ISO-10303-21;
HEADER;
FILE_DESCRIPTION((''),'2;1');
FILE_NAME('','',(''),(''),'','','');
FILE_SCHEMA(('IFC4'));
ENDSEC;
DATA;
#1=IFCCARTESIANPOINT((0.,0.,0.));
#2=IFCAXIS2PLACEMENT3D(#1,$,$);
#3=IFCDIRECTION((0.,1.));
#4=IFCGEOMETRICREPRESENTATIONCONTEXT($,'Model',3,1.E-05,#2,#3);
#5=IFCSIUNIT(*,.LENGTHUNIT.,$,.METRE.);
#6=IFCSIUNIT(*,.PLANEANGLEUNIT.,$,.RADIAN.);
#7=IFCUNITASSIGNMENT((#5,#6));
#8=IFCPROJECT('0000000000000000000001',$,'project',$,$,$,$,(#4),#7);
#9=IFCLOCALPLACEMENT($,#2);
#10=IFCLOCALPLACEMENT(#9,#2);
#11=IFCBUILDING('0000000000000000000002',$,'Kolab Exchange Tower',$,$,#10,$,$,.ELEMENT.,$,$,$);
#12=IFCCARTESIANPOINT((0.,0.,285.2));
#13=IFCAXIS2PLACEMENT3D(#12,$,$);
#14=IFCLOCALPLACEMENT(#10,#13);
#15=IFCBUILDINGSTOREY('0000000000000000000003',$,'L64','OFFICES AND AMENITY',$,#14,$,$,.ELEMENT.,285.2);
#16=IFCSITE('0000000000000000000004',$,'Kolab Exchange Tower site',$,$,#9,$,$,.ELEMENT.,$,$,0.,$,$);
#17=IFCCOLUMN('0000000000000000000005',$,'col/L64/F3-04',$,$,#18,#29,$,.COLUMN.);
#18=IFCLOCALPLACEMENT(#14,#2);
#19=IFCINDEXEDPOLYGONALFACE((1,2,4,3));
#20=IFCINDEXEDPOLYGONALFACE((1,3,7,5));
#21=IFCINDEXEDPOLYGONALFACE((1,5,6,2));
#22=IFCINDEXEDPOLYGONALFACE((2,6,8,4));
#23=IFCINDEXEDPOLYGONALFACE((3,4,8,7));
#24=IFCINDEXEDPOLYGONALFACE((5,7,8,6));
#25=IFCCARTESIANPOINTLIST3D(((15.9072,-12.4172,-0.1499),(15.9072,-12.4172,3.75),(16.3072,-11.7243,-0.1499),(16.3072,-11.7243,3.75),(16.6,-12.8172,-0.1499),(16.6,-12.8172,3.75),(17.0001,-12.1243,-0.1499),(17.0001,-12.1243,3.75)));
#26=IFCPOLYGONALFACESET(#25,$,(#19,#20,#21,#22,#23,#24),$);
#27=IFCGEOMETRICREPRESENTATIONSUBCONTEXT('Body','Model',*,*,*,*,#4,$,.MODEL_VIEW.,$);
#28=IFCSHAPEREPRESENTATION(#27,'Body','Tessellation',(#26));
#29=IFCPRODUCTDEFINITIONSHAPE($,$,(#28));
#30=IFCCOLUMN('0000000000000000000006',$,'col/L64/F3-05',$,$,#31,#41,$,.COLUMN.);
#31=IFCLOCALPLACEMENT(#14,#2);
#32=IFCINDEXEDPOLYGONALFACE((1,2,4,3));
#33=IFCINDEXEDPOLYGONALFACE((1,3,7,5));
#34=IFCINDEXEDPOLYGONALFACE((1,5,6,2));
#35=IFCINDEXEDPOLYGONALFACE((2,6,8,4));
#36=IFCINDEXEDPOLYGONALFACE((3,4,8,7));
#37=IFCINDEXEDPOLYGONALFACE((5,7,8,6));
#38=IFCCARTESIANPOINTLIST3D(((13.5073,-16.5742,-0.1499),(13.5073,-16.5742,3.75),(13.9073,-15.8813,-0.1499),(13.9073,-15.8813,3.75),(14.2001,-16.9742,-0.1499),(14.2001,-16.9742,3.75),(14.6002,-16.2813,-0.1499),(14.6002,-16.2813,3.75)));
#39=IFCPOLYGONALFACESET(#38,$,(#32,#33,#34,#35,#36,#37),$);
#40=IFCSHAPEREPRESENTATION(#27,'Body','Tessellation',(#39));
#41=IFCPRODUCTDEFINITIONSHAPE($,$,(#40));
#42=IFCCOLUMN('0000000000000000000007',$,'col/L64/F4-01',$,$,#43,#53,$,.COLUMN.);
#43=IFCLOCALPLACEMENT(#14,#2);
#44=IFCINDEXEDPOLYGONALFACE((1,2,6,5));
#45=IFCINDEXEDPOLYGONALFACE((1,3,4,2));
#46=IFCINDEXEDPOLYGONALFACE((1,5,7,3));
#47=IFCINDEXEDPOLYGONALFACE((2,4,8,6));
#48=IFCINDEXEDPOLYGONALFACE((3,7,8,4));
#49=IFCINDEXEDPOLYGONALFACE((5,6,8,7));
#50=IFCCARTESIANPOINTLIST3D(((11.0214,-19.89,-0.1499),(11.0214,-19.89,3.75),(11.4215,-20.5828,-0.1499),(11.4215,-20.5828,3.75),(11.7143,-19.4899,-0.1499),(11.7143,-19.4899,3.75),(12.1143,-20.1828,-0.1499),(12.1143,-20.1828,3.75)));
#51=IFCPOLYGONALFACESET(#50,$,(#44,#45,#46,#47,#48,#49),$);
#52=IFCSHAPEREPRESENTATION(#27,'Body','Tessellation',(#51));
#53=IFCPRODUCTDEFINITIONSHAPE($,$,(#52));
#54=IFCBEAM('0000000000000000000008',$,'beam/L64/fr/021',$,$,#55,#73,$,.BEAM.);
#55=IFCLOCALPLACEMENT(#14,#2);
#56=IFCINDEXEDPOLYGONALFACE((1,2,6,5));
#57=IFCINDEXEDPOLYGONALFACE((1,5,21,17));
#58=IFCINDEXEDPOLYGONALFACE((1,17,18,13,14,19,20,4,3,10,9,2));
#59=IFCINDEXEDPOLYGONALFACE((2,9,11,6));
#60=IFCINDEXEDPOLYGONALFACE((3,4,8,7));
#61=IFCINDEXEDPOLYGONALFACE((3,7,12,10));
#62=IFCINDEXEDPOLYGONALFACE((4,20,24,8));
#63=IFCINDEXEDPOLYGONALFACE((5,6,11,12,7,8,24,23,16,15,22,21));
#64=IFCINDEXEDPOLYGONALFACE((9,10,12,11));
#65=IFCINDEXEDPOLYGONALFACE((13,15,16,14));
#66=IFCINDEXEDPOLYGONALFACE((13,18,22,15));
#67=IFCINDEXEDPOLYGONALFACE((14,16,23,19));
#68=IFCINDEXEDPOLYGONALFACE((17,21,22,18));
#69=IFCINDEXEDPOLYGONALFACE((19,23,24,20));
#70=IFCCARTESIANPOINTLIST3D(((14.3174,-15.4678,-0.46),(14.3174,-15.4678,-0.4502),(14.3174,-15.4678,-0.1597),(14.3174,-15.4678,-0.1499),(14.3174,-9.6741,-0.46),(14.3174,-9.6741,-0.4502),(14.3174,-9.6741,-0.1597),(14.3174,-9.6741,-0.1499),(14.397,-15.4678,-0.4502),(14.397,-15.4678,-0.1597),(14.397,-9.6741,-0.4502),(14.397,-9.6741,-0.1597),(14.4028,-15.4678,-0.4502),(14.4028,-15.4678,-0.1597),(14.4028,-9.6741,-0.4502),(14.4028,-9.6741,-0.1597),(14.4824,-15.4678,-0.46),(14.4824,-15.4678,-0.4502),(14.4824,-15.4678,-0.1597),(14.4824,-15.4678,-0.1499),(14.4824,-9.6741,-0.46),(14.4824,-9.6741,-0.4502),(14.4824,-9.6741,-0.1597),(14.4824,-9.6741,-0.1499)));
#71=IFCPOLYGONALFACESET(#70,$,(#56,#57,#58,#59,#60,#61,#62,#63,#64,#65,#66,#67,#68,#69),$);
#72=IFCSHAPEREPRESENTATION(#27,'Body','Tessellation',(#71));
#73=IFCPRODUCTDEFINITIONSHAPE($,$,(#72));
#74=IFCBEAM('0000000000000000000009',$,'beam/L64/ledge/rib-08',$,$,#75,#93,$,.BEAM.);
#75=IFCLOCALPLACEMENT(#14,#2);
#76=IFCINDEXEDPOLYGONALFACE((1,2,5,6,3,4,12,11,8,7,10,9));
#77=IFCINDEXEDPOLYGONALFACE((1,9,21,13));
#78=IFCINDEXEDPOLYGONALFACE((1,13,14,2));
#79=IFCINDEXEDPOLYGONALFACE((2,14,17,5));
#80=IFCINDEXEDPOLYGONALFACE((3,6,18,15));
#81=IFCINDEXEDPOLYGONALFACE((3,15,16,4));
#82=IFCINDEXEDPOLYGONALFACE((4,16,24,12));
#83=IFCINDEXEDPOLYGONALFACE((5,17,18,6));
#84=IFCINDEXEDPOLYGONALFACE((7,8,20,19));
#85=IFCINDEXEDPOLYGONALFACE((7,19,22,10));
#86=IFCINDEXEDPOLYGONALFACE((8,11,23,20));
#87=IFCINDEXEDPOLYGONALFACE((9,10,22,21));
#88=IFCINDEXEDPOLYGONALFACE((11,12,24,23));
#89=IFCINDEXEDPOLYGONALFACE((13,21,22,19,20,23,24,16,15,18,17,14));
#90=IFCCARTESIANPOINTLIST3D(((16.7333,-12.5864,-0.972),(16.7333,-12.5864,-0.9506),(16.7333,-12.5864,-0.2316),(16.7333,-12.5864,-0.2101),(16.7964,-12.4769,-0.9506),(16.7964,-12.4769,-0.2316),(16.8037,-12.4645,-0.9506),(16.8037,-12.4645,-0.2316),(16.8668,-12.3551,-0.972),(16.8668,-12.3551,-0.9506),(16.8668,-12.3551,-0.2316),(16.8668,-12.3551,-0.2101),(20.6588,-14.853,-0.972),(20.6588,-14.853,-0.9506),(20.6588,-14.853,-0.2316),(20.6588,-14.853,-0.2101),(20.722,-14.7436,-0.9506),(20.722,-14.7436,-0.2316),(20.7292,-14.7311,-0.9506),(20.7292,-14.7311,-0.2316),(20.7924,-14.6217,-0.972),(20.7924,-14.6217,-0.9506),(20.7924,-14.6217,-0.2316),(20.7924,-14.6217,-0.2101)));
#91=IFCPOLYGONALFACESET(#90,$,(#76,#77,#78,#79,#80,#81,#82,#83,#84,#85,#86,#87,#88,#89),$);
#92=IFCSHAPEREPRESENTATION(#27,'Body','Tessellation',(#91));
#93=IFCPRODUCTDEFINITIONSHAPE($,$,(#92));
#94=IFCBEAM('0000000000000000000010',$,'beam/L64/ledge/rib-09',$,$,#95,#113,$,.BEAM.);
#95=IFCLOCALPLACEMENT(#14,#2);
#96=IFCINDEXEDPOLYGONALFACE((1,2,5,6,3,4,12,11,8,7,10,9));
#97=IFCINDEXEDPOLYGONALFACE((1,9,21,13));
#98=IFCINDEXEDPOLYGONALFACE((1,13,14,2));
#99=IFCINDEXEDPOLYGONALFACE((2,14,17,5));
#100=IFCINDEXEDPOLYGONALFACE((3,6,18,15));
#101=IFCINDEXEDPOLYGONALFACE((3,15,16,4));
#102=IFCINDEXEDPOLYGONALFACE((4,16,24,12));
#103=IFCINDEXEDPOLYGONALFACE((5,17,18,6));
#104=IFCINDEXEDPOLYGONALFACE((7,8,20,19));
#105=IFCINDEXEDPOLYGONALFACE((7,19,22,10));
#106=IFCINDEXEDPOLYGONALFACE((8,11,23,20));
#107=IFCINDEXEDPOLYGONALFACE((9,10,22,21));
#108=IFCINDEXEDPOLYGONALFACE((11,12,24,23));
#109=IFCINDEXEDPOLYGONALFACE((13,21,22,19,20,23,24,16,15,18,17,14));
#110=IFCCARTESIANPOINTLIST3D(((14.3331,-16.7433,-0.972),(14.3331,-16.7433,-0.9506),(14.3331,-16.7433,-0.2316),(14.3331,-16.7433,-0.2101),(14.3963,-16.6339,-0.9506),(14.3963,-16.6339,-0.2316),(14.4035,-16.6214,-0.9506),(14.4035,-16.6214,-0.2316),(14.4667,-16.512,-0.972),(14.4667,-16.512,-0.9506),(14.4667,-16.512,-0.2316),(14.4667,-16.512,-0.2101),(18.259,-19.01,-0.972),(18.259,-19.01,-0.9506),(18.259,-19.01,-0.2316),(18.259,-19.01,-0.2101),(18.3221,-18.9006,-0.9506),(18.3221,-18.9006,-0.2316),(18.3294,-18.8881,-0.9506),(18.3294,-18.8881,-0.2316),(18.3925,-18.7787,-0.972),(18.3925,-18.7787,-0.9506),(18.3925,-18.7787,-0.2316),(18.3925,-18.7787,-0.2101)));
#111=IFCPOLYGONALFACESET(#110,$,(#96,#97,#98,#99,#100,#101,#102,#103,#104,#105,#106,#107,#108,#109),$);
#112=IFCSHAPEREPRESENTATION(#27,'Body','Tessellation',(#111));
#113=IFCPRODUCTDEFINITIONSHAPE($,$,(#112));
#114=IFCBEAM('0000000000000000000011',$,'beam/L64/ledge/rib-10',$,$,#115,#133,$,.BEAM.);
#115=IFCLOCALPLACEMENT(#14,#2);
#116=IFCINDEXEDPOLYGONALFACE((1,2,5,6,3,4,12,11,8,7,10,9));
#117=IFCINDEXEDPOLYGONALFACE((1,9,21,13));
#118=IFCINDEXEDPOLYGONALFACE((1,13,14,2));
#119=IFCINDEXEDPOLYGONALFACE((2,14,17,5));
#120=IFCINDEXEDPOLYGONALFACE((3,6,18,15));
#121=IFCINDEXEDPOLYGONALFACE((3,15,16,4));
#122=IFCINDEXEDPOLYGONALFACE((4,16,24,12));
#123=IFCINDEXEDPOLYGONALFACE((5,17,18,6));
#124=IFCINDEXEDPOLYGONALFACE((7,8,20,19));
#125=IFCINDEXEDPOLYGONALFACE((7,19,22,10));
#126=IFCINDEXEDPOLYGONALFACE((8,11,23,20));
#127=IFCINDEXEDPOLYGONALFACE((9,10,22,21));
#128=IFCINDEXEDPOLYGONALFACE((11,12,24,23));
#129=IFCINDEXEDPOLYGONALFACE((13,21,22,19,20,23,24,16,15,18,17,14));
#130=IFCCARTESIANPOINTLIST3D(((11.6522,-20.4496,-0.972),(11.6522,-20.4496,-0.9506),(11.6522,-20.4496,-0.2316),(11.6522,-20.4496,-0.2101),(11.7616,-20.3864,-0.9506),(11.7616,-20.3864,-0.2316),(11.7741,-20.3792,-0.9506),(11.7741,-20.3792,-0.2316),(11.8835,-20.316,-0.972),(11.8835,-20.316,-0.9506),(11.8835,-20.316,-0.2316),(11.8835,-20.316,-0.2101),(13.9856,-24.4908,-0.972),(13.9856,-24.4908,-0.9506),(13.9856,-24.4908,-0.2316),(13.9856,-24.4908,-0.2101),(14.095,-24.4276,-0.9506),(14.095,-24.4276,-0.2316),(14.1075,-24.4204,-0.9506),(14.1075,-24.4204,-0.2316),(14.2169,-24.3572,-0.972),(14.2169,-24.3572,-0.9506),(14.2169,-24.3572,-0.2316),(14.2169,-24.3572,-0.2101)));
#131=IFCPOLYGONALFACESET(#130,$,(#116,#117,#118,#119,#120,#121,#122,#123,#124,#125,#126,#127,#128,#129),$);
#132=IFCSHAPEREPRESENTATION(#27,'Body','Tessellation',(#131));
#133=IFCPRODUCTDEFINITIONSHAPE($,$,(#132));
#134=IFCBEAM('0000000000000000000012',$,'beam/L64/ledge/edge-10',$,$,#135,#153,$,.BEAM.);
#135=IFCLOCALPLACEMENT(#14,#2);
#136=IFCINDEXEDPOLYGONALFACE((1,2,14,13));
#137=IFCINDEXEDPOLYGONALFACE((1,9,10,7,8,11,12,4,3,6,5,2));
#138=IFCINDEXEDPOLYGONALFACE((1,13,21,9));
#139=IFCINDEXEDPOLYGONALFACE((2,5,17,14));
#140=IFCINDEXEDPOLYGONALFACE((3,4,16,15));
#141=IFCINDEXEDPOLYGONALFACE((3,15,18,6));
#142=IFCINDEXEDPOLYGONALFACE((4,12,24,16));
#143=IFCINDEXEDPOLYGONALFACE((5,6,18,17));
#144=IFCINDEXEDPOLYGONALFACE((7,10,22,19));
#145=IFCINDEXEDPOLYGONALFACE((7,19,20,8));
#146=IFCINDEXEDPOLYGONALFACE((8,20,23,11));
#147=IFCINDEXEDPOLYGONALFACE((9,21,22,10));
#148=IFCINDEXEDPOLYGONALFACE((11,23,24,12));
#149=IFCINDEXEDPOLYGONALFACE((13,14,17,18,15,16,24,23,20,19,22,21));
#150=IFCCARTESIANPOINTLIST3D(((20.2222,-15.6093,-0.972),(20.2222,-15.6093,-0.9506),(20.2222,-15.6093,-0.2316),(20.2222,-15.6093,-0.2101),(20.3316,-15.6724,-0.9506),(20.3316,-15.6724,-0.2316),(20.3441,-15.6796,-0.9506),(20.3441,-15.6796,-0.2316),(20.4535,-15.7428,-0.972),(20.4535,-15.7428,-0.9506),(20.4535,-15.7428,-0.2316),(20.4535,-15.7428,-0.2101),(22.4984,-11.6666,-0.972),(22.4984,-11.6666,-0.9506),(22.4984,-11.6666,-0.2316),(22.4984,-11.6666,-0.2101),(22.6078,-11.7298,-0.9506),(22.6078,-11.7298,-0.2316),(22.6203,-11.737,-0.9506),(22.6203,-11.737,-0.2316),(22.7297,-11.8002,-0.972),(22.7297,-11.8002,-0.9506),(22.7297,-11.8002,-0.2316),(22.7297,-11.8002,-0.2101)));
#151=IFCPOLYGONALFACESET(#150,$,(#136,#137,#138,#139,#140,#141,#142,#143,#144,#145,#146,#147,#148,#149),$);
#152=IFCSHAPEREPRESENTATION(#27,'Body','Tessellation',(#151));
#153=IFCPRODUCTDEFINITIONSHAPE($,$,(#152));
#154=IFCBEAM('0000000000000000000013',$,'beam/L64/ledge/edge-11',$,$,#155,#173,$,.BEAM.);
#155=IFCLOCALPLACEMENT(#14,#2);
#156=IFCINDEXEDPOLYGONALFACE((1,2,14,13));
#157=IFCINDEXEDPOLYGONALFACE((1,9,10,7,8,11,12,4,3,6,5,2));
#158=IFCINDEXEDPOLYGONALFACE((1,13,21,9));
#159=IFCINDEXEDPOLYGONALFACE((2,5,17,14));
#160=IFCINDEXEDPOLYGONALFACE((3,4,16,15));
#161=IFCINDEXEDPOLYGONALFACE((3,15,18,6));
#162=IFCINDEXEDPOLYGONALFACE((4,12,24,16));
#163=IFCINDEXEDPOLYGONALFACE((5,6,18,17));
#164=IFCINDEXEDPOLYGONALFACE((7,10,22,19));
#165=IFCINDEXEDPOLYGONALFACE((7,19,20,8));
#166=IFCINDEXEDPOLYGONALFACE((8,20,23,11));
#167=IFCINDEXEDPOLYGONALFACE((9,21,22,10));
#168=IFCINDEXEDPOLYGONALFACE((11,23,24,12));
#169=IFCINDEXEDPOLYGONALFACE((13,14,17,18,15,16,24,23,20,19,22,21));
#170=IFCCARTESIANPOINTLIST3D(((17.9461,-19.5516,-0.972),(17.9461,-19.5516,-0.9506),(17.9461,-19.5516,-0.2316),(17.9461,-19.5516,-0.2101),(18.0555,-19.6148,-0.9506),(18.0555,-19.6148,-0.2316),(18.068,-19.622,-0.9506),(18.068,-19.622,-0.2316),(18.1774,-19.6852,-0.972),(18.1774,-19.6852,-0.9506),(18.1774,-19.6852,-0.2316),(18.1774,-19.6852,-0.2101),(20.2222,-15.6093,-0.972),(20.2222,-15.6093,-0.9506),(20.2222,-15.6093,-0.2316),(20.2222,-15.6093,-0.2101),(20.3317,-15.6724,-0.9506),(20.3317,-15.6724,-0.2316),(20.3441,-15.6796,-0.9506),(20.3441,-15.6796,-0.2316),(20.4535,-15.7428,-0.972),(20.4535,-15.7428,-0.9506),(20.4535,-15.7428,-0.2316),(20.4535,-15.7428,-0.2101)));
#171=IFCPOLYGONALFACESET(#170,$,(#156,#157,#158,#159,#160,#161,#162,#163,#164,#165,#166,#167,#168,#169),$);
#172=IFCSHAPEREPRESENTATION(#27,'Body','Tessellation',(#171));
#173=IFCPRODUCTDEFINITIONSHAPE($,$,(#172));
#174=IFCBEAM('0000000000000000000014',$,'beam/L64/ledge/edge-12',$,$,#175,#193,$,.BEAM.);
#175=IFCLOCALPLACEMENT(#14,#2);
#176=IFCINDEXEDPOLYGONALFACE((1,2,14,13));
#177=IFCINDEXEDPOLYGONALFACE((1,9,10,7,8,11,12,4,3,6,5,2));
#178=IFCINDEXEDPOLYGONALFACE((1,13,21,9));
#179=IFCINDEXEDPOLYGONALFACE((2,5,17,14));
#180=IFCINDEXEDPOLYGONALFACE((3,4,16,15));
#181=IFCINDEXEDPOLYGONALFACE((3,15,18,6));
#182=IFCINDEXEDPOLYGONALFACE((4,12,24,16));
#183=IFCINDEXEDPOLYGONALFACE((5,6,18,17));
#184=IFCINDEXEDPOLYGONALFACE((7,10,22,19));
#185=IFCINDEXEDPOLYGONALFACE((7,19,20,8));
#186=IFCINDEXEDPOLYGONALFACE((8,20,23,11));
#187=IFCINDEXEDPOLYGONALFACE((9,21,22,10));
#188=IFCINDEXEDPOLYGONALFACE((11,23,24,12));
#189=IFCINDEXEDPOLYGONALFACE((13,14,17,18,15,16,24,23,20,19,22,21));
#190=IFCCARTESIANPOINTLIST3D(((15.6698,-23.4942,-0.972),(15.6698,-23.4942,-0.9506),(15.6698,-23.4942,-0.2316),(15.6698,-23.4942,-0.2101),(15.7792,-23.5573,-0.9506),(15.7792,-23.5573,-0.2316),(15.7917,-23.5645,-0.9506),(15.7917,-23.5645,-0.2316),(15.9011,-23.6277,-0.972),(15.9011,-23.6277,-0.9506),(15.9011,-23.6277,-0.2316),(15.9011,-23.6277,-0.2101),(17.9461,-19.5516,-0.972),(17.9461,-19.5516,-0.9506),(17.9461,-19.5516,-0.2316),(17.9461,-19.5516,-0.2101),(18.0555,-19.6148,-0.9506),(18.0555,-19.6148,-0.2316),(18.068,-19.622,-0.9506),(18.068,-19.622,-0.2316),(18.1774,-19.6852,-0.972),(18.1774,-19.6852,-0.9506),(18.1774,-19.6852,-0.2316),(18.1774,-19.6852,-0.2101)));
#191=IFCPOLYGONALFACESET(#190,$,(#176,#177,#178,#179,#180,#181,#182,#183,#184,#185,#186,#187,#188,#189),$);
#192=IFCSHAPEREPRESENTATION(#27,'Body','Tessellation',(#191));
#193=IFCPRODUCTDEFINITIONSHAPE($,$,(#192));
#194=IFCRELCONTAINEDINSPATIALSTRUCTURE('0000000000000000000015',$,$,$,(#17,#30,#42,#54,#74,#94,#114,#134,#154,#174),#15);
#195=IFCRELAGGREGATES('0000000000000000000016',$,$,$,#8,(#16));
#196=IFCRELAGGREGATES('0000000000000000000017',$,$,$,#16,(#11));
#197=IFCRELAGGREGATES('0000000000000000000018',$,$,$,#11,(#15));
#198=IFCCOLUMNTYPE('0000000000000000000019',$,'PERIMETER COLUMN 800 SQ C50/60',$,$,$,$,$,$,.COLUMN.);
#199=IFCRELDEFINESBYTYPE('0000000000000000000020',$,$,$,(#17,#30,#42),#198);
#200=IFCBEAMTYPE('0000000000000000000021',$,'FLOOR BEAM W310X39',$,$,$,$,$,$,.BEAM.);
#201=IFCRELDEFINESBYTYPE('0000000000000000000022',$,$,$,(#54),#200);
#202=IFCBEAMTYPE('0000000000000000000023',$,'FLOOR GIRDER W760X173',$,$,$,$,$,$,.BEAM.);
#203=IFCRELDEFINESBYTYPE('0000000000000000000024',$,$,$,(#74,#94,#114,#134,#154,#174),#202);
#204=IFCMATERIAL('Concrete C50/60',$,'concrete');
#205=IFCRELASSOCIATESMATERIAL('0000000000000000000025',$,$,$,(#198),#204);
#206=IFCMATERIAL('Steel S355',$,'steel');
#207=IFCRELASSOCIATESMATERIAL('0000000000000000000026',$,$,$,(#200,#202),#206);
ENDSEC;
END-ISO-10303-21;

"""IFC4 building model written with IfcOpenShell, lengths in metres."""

from ifc_helpers import new_model, si_unit, direction, frame, origin, origin_2d, place, context, subcontext, project, spatial, rectangle, i_section, extrude, material, material_profile, profile_set, type_object, element, save


model = new_model("IFC4")

# Units and contexts
model_context = context("Model", 3, precision=1e-05, world=origin(), true_north=direction((0.0, 1.0)))
body_context = subcontext(model_context, "Body", "Model", "MODEL_VIEW")
ifc_project = project(units=[si_unit("LENGTHUNIT", "METRE"), si_unit("PLANEANGLEUNIT", "RADIAN")], contexts=[model_context])

# Site, building, storey
site_placement = place(None, origin())
site = spatial("IfcSite", under=ifc_project, at=site_placement, Name="Kolab Exchange Tower site", CompositionType="ELEMENT", RefElevation=0.0)
building_placement = place(site_placement, origin())
building = spatial("IfcBuilding", under=site, at=building_placement, Name="Kolab Exchange Tower", CompositionType="ELEMENT")
storey_placement = place(building_placement, frame((0.0, 0.0, 285.2)))
storey = spatial("IfcBuildingStorey", under=building, at=storey_placement, Name="L64", Description="OFFICES AND AMENITY", CompositionType="ELEMENT", Elevation=285.2)

# Columns
ifc_material_1 = material(Name="Concrete C50/60", Category="concrete")
ifc_material_profile_1 = material_profile(ifc_material_1, rectangle(XDim=0.8, YDim=0.8, at=origin_2d()), Name="RC800")
ifc_profile_set_1 = profile_set([ifc_material_profile_1], Name="Concrete C50/60")
column_type = type_object("IfcColumnType", Name="PERIMETER COLUMN 800 SQ C50/60", PredefinedType="COLUMN", material=ifc_profile_set_1)
for number, where, z_axis, x_axis, name in (
    (1, (16.4536, -12.2708, -0.1499), (0.0, 0.0, 1.0), (0.5, 0.866025, 0.0), "col/L64/F3-04"),
    (2, (14.0537, -16.4277, -0.1499), (0.0, 0.0, 1.0), (0.5, 0.866025, 0.0), "col/L64/F3-05"),
    (3, (11.5679, -20.0364, -0.1499), (0.0, 0.0, 1.0), (0.866025, 0.5, 0.0), "col/L64/F4-01"),
):
    element("IfcColumn", number, at=place(storey_placement, frame(where, z_axis=z_axis, x_axis=x_axis)), inside=storey, type_object=column_type, Name=name, PredefinedType="COLUMN", context=body_context, shape_type="SweptSolid", body=[
        extrude(rectangle(XDim=0.8, YDim=0.8, at=origin_2d()), origin(), (0.0, 0.0, 1.0), 3.8999),
    ])

# Beams
ifc_material_2 = material(Name="Steel S355", Category="steel")
ifc_material_profile_2 = material_profile(ifc_material_2, i_section(OverallWidth=0.165, OverallDepth=0.3101, WebThickness=0.0059, FlangeThickness=0.0098, at=origin_2d()), Name="W310X39")
ifc_profile_set_2 = profile_set([ifc_material_profile_2], Name="Steel S355")
beam_type_1 = type_object("IfcBeamType", Name="FLOOR BEAM W310X39", PredefinedType="BEAM", material=ifc_profile_set_2)
beam_1_placement = place(storey_placement, frame((14.3999, -15.4678, -0.3049), z_axis=(0.0, 1.0, 0.0), x_axis=(-1.0, 0.0, 0.0)))
element("IfcBeam", 4, at=beam_1_placement, inside=storey, type_object=beam_type_1, Name="beam/L64/fr/021", PredefinedType="BEAM", context=body_context, shape_type="SweptSolid", body=[
    extrude(i_section(OverallWidth=0.165, OverallDepth=0.3101, WebThickness=0.0059, FlangeThickness=0.0098, at=origin_2d()), origin(), (0.0, 0.0, 1.0), 5.7937),
])
ifc_material_profile_3 = material_profile(ifc_material_2, i_section(OverallWidth=0.2671, OverallDepth=0.762, WebThickness=0.0144, FlangeThickness=0.0215, at=origin_2d()), Name="W760X173")
ifc_profile_set_3 = profile_set([ifc_material_profile_3], Name="Steel S355")
beam_type_2 = type_object("IfcBeamType", Name="FLOOR GIRDER W760X173", PredefinedType="BEAM", material=ifc_profile_set_3)
beam_2_placement = place(storey_placement, frame((16.8, -12.4707, -0.5911), z_axis=(0.866007, -0.500032, 0.0), x_axis=(0.500032, 0.866007, 0.0)))
element("IfcBeam", 5, at=beam_2_placement, inside=storey, type_object=beam_type_2, Name="beam/L64/ledge/rib-08", PredefinedType="BEAM", context=body_context, shape_type="SweptSolid", body=[
    extrude(i_section(OverallWidth=0.2671, OverallDepth=0.762, WebThickness=0.0144, FlangeThickness=0.0215, at=origin_2d()), origin(), (0.0, 0.0, 1.0), 4.533),
])
beam_3_placement = place(storey_placement, frame((14.3999, -16.6277, -0.5911), z_axis=(0.866021, -0.500008, 0.0), x_axis=(0.500008, 0.866021, 0.0)))
element("IfcBeam", 6, at=beam_3_placement, inside=storey, type_object=beam_type_2, Name="beam/L64/ledge/rib-09", PredefinedType="BEAM", context=body_context, shape_type="SweptSolid", body=[
    extrude(i_section(OverallWidth=0.2671, OverallDepth=0.762, WebThickness=0.0144, FlangeThickness=0.0215, at=origin_2d()), origin(), (0.0, 0.0, 1.0), 4.5332),
])
beam_4_placement = place(storey_placement, frame((11.7678, -20.3828, -0.5911), z_axis=(0.500044, -0.866, 0.0), x_axis=(0.866, 0.500044, 0.0)))
element("IfcBeam", 7, at=beam_4_placement, inside=storey, type_object=beam_type_2, Name="beam/L64/ledge/rib-10", PredefinedType="BEAM", context=body_context, shape_type="SweptSolid", body=[
    extrude(i_section(OverallWidth=0.2671, OverallDepth=0.762, WebThickness=0.0144, FlangeThickness=0.0215, at=origin_2d()), origin(), (0.0, 0.0, 1.0), 4.6665),
])
beam_5_placement = place(storey_placement, frame((22.614, -11.7334, -0.5911), z_axis=(-0.499975, -0.86604, 0.0), x_axis=(0.86604, -0.499975, 0.0)))
element("IfcBeam", 8, at=beam_5_placement, inside=storey, type_object=beam_type_2, Name="beam/L64/ledge/edge-10", PredefinedType="BEAM", context=body_context, shape_type="SweptSolid", body=[
    extrude(i_section(OverallWidth=0.2671, OverallDepth=0.762, WebThickness=0.0144, FlangeThickness=0.0215, at=origin_2d()), origin(), (0.0, 0.0, 1.0), 4.5525),
])
beam_6_placement = place(storey_placement, frame((20.3379, -15.676, -0.5911), z_axis=(-0.499998, -0.866027, 0.0), x_axis=(0.866027, -0.499998, 0.0)))
element("IfcBeam", 9, at=beam_6_placement, inside=storey, type_object=beam_type_2, Name="beam/L64/ledge/edge-11", PredefinedType="BEAM", context=body_context, shape_type="SweptSolid", body=[
    extrude(i_section(OverallWidth=0.2671, OverallDepth=0.762, WebThickness=0.0144, FlangeThickness=0.0215, at=origin_2d()), origin(), (0.0, 0.0, 1.0), 4.5522),
])
beam_7_placement = place(storey_placement, frame((18.0618, -19.6184, -0.5911), z_axis=(-0.500015, -0.866017, 0.0), x_axis=(0.866017, -0.500015, 0.0)))
element("IfcBeam", 10, at=beam_7_placement, inside=storey, type_object=beam_type_2, Name="beam/L64/ledge/edge-12", PredefinedType="BEAM", context=body_context, shape_type="SweptSolid", body=[
    extrude(i_section(OverallWidth=0.2671, OverallDepth=0.762, WebThickness=0.0144, FlangeThickness=0.0215, at=origin_2d()), origin(), (0.0, 0.0, 1.0), 4.5525),
])

save(model, "model.ifc")
